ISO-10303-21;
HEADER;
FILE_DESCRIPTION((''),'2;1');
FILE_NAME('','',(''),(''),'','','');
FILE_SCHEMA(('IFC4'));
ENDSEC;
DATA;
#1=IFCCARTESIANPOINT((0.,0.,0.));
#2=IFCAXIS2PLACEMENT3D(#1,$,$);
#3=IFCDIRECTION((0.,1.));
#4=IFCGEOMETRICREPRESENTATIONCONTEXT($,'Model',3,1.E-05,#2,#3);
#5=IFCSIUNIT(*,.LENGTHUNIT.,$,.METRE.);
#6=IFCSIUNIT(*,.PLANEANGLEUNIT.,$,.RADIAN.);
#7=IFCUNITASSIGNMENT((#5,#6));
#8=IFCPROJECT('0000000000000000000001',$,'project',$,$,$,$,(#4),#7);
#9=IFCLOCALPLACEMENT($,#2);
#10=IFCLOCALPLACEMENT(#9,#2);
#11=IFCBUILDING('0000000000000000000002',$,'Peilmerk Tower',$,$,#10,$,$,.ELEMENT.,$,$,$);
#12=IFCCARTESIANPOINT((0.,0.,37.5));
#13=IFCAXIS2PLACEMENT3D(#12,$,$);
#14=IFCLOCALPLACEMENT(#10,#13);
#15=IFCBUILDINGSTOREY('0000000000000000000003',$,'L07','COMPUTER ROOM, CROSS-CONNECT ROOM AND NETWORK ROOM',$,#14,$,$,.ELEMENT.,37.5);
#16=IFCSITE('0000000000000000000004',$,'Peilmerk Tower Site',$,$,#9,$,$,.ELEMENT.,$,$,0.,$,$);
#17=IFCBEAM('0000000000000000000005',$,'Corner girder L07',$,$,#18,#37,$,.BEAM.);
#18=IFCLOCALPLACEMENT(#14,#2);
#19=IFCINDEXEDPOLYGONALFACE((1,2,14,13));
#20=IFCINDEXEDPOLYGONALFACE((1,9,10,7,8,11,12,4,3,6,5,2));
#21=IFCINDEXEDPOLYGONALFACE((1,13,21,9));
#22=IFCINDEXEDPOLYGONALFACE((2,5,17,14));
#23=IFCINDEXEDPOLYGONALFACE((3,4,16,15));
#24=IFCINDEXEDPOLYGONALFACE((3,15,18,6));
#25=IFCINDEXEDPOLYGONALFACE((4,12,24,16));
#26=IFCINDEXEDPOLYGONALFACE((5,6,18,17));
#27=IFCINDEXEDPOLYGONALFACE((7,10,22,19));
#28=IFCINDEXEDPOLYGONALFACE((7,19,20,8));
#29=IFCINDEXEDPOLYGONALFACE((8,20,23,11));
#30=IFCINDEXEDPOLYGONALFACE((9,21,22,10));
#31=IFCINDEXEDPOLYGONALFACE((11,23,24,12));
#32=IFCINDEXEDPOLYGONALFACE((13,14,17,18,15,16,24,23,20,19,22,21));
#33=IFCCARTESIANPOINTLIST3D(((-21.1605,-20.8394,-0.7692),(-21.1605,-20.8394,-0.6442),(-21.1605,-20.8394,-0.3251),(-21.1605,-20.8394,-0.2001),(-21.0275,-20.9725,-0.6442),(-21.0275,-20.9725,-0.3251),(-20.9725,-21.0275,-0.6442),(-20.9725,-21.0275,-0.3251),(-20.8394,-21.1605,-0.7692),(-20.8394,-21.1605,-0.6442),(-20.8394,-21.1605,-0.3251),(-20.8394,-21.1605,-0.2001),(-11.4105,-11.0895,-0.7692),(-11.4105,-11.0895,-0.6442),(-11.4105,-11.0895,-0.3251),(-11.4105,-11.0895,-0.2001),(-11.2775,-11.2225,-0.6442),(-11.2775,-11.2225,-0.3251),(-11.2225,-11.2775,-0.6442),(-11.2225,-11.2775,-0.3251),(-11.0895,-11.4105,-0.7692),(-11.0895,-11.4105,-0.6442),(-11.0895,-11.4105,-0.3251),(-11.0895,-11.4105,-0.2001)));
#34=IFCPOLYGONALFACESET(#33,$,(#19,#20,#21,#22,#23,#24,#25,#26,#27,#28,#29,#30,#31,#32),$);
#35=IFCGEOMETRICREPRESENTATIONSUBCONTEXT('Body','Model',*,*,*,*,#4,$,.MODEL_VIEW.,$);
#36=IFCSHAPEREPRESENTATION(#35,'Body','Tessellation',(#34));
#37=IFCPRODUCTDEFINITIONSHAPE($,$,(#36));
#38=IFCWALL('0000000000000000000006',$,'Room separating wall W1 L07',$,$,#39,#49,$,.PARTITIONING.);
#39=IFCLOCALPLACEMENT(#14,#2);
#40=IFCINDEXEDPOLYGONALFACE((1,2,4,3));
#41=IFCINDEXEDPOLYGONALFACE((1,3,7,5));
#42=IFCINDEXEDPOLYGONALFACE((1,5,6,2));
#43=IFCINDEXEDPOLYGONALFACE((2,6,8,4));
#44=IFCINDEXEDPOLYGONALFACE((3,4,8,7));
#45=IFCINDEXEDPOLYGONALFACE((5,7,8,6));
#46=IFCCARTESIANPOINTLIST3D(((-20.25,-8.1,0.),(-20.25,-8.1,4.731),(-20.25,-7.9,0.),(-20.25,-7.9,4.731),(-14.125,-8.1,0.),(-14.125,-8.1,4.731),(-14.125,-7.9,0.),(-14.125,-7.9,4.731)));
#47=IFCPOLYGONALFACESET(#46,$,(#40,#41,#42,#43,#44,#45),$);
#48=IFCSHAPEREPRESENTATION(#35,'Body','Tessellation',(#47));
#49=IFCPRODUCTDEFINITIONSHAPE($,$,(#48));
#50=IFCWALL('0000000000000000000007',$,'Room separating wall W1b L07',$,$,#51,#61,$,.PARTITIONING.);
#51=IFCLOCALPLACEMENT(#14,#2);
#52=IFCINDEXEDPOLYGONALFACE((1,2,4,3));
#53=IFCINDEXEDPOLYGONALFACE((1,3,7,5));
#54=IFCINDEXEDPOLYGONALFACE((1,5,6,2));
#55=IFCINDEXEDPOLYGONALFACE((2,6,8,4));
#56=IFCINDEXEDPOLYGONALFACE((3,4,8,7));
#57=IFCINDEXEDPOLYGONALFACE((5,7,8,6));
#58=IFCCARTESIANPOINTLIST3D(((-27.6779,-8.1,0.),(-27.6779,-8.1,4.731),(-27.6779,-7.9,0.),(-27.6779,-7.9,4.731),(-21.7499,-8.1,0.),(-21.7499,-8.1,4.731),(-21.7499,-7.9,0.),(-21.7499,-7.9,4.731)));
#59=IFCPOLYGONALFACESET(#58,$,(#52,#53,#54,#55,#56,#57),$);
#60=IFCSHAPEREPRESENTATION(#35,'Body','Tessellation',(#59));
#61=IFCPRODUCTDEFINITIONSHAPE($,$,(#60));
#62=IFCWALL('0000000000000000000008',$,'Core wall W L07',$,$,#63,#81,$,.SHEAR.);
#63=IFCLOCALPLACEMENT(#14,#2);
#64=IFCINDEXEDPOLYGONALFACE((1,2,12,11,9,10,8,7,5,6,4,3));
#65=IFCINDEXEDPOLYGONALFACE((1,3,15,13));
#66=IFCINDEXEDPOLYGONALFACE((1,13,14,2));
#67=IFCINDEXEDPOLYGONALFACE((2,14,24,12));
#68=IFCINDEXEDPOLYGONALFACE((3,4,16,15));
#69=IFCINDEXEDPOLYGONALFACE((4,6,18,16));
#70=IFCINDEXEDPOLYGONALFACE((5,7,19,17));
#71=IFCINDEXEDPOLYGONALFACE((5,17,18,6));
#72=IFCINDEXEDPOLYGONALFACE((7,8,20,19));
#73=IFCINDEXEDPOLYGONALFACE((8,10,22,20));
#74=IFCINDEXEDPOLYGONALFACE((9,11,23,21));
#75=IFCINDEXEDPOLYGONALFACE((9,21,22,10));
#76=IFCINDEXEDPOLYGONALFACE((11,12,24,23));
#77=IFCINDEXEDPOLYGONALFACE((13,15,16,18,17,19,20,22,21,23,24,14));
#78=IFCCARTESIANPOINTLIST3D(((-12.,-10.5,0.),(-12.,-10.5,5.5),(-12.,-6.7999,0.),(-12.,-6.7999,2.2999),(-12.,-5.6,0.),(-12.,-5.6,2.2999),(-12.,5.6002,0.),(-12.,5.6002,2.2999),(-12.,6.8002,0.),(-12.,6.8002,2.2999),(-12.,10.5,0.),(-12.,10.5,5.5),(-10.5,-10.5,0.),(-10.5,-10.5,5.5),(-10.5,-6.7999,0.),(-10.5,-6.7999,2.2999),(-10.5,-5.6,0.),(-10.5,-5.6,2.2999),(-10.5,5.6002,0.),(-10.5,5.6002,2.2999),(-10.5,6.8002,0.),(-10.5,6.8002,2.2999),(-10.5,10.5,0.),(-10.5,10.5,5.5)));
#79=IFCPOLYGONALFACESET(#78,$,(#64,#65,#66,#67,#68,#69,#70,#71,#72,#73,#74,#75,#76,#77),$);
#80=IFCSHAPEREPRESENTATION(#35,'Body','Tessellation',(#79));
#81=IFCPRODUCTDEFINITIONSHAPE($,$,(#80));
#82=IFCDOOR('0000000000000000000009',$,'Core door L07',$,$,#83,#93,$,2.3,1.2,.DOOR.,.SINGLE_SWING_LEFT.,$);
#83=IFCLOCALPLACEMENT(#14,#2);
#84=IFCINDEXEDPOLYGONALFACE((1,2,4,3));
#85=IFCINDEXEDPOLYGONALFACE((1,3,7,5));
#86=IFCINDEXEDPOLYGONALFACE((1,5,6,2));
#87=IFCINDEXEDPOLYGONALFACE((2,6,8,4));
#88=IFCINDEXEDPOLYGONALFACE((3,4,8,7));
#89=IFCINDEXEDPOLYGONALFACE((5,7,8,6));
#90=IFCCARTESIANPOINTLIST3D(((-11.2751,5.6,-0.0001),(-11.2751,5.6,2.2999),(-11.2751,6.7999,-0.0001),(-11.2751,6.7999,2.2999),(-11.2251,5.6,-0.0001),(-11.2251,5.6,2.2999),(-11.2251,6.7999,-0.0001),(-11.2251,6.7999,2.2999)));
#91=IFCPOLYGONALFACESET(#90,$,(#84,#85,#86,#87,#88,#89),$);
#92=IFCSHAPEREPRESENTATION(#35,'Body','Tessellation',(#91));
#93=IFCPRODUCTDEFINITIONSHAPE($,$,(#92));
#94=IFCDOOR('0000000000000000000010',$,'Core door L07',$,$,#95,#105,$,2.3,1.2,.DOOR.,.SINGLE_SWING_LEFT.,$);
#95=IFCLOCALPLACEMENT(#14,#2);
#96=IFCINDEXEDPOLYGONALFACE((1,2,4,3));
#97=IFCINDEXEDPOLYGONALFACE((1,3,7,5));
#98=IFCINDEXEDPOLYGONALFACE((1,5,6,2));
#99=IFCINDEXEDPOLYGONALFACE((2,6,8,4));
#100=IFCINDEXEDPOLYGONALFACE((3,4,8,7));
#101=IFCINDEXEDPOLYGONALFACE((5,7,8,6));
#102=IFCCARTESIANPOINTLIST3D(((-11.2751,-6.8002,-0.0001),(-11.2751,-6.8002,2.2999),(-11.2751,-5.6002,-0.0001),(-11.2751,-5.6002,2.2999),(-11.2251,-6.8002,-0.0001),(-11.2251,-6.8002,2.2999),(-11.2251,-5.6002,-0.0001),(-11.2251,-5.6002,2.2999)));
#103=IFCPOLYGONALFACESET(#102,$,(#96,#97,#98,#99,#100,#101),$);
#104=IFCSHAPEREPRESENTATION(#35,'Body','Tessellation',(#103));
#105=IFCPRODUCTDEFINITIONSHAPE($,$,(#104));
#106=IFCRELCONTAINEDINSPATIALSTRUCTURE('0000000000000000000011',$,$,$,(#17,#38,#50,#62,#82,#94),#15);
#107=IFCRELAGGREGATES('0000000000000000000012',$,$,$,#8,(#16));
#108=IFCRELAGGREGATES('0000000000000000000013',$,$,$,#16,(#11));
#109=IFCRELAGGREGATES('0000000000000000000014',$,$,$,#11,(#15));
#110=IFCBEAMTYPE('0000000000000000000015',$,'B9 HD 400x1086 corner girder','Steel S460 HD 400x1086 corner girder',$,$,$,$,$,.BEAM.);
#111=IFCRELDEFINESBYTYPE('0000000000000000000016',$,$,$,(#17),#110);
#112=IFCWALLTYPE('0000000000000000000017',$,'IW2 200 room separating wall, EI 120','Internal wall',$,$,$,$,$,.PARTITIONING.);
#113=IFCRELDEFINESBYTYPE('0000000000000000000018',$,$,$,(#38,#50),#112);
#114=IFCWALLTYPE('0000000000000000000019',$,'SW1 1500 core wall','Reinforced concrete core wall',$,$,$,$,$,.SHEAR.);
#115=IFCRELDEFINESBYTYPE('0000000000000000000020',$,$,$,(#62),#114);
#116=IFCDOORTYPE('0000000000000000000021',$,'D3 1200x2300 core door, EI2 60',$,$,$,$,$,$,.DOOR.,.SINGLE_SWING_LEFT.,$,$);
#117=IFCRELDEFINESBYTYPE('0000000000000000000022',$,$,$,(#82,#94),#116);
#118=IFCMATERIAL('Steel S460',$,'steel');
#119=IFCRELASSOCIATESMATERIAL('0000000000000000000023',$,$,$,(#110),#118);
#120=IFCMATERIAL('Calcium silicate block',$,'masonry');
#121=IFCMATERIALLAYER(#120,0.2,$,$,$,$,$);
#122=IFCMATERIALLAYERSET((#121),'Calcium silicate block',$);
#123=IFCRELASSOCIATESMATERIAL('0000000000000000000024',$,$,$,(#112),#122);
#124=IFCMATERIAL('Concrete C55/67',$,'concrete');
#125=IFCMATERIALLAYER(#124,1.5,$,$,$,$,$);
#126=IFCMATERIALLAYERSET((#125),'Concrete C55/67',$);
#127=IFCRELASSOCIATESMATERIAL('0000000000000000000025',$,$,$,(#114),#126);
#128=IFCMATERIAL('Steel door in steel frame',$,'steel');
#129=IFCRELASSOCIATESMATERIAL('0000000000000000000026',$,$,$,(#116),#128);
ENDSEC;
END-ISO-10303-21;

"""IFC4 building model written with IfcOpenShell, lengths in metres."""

from ifc_helpers import new_model, si_unit, direction, frame, frame_2d, origin, origin_2d, place, context, subcontext, project, spatial, rectangle, i_section, extrude, material, layer, layer_set, material_profile, profile_set, type_object, element, fill, save


model = new_model("IFC4")

# Units and contexts
model_context = context("Model", 3, precision=1e-05, world=origin(), true_north=direction((0.0, 1.0)))
body_context = subcontext(model_context, "Body", "Model", "MODEL_VIEW")
ifc_project = project(units=[si_unit("LENGTHUNIT", "METRE"), si_unit("PLANEANGLEUNIT", "RADIAN")], contexts=[model_context])

# Site, building, storey
site_placement = place(None, origin())
site = spatial("IfcSite", under=ifc_project, at=site_placement, Name="Peilmerk Tower Site", CompositionType="ELEMENT", RefElevation=0.0)
building_placement = place(site_placement, origin())
building = spatial("IfcBuilding", under=site, at=building_placement, Name="Peilmerk Tower", CompositionType="ELEMENT")
storey_placement = place(building_placement, frame((0.0, 0.0, 37.5)))
storey = spatial("IfcBuildingStorey", under=building, at=storey_placement, Name="L07", Description="COMPUTER ROOM, CROSS-CONNECT ROOM AND NETWORK ROOM", CompositionType="ELEMENT", Elevation=37.5)

# Beam
ifc_material_1 = material(Name="Steel S460", Category="steel")
ifc_material_profile_1 = material_profile(ifc_material_1, i_section(OverallWidth=0.4541, OverallDepth=0.5691, WebThickness=0.0779, FlangeThickness=0.125, at=origin_2d()), Name="HD 400x1086")
ifc_profile_set_1 = profile_set([ifc_material_profile_1], Name="Steel S460")
beam_type_1 = type_object("IfcBeamType", Name="B9 HD 400x1086 corner girder", Description="Steel S460 HD 400x1086 corner girder", PredefinedType="BEAM", material=ifc_profile_set_1)
beam_1_placement = place(storey_placement, frame((-11.25, -11.25, -0.4846), z_axis=(-0.707107, -0.707107, 0.0), x_axis=(0.707107, -0.707107, 0.0)))
element("IfcBeam", 1, at=beam_1_placement, inside=storey, type_object=beam_type_1, Name="Corner girder L07", PredefinedType="BEAM", context=body_context, shape_type="SweptSolid", body=[
    extrude(i_section(OverallWidth=0.4541, OverallDepth=0.5691, WebThickness=0.0779, FlangeThickness=0.125, at=origin_2d()), origin(), (0.0, 0.0, 1.0), 13.7886),
])

# Walls
ifc_material_2 = material(Name="Calcium silicate block", Category="masonry")
ifc_layer_1 = layer(ifc_material_2, 0.2)
ifc_layer_set_1 = layer_set([ifc_layer_1], Name="Calcium silicate block")
wall_type_1 = type_object("IfcWallType", Name="IW2 200 room separating wall, EI 120", Description="Internal wall", PredefinedType="PARTITIONING", material=ifc_layer_set_1)
wall_1_placement = place(storey_placement, frame((-14.125, -8.0, 0.0), z_axis=(0.0, 0.0, 1.0), x_axis=(-1.0, 0.0, 0.0)))
element("IfcWall", 2, at=wall_1_placement, inside=storey, type_object=wall_type_1, Name="Room separating wall W1 L07", PredefinedType="PARTITIONING", context=body_context, shape_type="SweptSolid", body=[
    extrude(rectangle(XDim=6.125, YDim=0.2, at=frame_2d((3.0625, 0.0))), origin(), (0.0, 0.0, 1.0), 4.731),
])
wall_2_placement = place(storey_placement, frame((-21.75, -8.0, 0.0), z_axis=(0.0, 0.0, 1.0), x_axis=(-1.0, 0.0, 0.0)))
element("IfcWall", 3, at=wall_2_placement, inside=storey, type_object=wall_type_1, Name="Room separating wall W1b L07", PredefinedType="PARTITIONING", context=body_context, shape_type="SweptSolid", body=[
    extrude(rectangle(XDim=5.928, YDim=0.2, at=frame_2d((2.9639, 0.0))), origin(), (0.0, 0.0, 1.0), 4.731),
])

# Wall, openings, doors
ifc_material_3 = material(Name="Concrete C55/67", Category="concrete")
ifc_layer_2 = layer(ifc_material_3, 1.5)
ifc_layer_set_2 = layer_set([ifc_layer_2], Name="Concrete C55/67")
wall_type_2 = type_object("IfcWallType", Name="SW1 1500 core wall", Description="Reinforced concrete core wall", PredefinedType="SHEAR", material=ifc_layer_set_2)
wall_3_placement = place(storey_placement, frame((-11.25, -10.5, 0.0), z_axis=(0.0, 0.0, 1.0), x_axis=(0.0, 1.0, 0.0)))
wall_3 = element("IfcWall", 4, at=wall_3_placement, inside=storey, type_object=wall_type_2, Name="Core wall W L07", PredefinedType="SHEAR", context=body_context, shape_type="SweptSolid", body=[
    extrude(rectangle(XDim=21.0, YDim=1.5, at=frame_2d((10.5, 0.0))), origin(), (0.0, 0.0, 1.0), 5.5),
])
opening_1_placement = place(wall_3_placement, frame((16.1001, 0.0, 0.0)))
opening_1 = element("IfcOpeningElement", 5, at=opening_1_placement, cuts=wall_3, PredefinedType="OPENING", context=body_context, shape_type="SweptSolid", body=[
    extrude(rectangle(XDim=1.2, YDim=2.3, at=frame_2d((0.6001, 1.1499))), frame((0.0, 0.76, 0.0), z_axis=(0.0, -1.0, 0.0), x_axis=(1.0, 0.0, 0.0)), (0.0, 0.0, 1.0), 1.52),
])
opening_2_placement = place(wall_3_placement, frame((3.7, 0.0, 0.0)))
opening_2 = element("IfcOpeningElement", 6, at=opening_2_placement, cuts=wall_3, PredefinedType="OPENING", context=body_context, shape_type="SweptSolid", body=[
    extrude(rectangle(XDim=1.2, YDim=2.3, at=frame_2d((0.6001, 1.1499))), frame((0.0, 0.76, 0.0), z_axis=(0.0, -1.0, 0.0), x_axis=(1.0, 0.0, 0.0)), (0.0, 0.0, 1.0), 1.52),
])
ifc_material_4 = material(Name="Steel door in steel frame", Category="steel")
door_type = type_object("IfcDoorType", Name="D3 1200x2300 core door, EI2 60", OperationType="SINGLE_SWING_LEFT", PredefinedType="DOOR", material=ifc_material_4)
door_1_placement = place(opening_1_placement, frame((1.2, 0.0, 0.0), z_axis=(0.0, 0.0, 1.0), x_axis=(-1.0, 0.0, 0.0)))
door_1 = element("IfcDoor", 7, at=door_1_placement, inside=storey, type_object=door_type, Name="Core door L07", OperationType="SINGLE_SWING_LEFT", OverallHeight=2.3, OverallWidth=1.2, PredefinedType="DOOR", context=body_context, shape_type="SweptSolid", body=[
    extrude(rectangle(XDim=1.2, YDim=2.3, at=frame_2d((0.6001, 1.1499))), frame((0.0, 0.0249, 0.0), z_axis=(0.0, -1.0, 0.0), x_axis=(1.0, 0.0, 0.0)), (0.0, 0.0, 1.0), 0.05),
])
fill(opening_1, door_1)
door_2_placement = place(opening_2_placement, frame((1.2, 0.0, 0.0), z_axis=(0.0, 0.0, 1.0), x_axis=(-1.0, 0.0, 0.0)))
door_2 = element("IfcDoor", 8, at=door_2_placement, inside=storey, type_object=door_type, Name="Core door L07", OperationType="SINGLE_SWING_LEFT", OverallHeight=2.3, OverallWidth=1.2, PredefinedType="DOOR", context=body_context, shape_type="SweptSolid", body=[
    extrude(rectangle(XDim=1.2, YDim=2.3, at=frame_2d((0.6001, 1.1499))), frame((0.0, 0.0249, 0.0), z_axis=(0.0, -1.0, 0.0), x_axis=(1.0, 0.0, 0.0)), (0.0, 0.0, 1.0), 0.05),
])
fill(opening_2, door_2)

save(model, "model.ifc")
